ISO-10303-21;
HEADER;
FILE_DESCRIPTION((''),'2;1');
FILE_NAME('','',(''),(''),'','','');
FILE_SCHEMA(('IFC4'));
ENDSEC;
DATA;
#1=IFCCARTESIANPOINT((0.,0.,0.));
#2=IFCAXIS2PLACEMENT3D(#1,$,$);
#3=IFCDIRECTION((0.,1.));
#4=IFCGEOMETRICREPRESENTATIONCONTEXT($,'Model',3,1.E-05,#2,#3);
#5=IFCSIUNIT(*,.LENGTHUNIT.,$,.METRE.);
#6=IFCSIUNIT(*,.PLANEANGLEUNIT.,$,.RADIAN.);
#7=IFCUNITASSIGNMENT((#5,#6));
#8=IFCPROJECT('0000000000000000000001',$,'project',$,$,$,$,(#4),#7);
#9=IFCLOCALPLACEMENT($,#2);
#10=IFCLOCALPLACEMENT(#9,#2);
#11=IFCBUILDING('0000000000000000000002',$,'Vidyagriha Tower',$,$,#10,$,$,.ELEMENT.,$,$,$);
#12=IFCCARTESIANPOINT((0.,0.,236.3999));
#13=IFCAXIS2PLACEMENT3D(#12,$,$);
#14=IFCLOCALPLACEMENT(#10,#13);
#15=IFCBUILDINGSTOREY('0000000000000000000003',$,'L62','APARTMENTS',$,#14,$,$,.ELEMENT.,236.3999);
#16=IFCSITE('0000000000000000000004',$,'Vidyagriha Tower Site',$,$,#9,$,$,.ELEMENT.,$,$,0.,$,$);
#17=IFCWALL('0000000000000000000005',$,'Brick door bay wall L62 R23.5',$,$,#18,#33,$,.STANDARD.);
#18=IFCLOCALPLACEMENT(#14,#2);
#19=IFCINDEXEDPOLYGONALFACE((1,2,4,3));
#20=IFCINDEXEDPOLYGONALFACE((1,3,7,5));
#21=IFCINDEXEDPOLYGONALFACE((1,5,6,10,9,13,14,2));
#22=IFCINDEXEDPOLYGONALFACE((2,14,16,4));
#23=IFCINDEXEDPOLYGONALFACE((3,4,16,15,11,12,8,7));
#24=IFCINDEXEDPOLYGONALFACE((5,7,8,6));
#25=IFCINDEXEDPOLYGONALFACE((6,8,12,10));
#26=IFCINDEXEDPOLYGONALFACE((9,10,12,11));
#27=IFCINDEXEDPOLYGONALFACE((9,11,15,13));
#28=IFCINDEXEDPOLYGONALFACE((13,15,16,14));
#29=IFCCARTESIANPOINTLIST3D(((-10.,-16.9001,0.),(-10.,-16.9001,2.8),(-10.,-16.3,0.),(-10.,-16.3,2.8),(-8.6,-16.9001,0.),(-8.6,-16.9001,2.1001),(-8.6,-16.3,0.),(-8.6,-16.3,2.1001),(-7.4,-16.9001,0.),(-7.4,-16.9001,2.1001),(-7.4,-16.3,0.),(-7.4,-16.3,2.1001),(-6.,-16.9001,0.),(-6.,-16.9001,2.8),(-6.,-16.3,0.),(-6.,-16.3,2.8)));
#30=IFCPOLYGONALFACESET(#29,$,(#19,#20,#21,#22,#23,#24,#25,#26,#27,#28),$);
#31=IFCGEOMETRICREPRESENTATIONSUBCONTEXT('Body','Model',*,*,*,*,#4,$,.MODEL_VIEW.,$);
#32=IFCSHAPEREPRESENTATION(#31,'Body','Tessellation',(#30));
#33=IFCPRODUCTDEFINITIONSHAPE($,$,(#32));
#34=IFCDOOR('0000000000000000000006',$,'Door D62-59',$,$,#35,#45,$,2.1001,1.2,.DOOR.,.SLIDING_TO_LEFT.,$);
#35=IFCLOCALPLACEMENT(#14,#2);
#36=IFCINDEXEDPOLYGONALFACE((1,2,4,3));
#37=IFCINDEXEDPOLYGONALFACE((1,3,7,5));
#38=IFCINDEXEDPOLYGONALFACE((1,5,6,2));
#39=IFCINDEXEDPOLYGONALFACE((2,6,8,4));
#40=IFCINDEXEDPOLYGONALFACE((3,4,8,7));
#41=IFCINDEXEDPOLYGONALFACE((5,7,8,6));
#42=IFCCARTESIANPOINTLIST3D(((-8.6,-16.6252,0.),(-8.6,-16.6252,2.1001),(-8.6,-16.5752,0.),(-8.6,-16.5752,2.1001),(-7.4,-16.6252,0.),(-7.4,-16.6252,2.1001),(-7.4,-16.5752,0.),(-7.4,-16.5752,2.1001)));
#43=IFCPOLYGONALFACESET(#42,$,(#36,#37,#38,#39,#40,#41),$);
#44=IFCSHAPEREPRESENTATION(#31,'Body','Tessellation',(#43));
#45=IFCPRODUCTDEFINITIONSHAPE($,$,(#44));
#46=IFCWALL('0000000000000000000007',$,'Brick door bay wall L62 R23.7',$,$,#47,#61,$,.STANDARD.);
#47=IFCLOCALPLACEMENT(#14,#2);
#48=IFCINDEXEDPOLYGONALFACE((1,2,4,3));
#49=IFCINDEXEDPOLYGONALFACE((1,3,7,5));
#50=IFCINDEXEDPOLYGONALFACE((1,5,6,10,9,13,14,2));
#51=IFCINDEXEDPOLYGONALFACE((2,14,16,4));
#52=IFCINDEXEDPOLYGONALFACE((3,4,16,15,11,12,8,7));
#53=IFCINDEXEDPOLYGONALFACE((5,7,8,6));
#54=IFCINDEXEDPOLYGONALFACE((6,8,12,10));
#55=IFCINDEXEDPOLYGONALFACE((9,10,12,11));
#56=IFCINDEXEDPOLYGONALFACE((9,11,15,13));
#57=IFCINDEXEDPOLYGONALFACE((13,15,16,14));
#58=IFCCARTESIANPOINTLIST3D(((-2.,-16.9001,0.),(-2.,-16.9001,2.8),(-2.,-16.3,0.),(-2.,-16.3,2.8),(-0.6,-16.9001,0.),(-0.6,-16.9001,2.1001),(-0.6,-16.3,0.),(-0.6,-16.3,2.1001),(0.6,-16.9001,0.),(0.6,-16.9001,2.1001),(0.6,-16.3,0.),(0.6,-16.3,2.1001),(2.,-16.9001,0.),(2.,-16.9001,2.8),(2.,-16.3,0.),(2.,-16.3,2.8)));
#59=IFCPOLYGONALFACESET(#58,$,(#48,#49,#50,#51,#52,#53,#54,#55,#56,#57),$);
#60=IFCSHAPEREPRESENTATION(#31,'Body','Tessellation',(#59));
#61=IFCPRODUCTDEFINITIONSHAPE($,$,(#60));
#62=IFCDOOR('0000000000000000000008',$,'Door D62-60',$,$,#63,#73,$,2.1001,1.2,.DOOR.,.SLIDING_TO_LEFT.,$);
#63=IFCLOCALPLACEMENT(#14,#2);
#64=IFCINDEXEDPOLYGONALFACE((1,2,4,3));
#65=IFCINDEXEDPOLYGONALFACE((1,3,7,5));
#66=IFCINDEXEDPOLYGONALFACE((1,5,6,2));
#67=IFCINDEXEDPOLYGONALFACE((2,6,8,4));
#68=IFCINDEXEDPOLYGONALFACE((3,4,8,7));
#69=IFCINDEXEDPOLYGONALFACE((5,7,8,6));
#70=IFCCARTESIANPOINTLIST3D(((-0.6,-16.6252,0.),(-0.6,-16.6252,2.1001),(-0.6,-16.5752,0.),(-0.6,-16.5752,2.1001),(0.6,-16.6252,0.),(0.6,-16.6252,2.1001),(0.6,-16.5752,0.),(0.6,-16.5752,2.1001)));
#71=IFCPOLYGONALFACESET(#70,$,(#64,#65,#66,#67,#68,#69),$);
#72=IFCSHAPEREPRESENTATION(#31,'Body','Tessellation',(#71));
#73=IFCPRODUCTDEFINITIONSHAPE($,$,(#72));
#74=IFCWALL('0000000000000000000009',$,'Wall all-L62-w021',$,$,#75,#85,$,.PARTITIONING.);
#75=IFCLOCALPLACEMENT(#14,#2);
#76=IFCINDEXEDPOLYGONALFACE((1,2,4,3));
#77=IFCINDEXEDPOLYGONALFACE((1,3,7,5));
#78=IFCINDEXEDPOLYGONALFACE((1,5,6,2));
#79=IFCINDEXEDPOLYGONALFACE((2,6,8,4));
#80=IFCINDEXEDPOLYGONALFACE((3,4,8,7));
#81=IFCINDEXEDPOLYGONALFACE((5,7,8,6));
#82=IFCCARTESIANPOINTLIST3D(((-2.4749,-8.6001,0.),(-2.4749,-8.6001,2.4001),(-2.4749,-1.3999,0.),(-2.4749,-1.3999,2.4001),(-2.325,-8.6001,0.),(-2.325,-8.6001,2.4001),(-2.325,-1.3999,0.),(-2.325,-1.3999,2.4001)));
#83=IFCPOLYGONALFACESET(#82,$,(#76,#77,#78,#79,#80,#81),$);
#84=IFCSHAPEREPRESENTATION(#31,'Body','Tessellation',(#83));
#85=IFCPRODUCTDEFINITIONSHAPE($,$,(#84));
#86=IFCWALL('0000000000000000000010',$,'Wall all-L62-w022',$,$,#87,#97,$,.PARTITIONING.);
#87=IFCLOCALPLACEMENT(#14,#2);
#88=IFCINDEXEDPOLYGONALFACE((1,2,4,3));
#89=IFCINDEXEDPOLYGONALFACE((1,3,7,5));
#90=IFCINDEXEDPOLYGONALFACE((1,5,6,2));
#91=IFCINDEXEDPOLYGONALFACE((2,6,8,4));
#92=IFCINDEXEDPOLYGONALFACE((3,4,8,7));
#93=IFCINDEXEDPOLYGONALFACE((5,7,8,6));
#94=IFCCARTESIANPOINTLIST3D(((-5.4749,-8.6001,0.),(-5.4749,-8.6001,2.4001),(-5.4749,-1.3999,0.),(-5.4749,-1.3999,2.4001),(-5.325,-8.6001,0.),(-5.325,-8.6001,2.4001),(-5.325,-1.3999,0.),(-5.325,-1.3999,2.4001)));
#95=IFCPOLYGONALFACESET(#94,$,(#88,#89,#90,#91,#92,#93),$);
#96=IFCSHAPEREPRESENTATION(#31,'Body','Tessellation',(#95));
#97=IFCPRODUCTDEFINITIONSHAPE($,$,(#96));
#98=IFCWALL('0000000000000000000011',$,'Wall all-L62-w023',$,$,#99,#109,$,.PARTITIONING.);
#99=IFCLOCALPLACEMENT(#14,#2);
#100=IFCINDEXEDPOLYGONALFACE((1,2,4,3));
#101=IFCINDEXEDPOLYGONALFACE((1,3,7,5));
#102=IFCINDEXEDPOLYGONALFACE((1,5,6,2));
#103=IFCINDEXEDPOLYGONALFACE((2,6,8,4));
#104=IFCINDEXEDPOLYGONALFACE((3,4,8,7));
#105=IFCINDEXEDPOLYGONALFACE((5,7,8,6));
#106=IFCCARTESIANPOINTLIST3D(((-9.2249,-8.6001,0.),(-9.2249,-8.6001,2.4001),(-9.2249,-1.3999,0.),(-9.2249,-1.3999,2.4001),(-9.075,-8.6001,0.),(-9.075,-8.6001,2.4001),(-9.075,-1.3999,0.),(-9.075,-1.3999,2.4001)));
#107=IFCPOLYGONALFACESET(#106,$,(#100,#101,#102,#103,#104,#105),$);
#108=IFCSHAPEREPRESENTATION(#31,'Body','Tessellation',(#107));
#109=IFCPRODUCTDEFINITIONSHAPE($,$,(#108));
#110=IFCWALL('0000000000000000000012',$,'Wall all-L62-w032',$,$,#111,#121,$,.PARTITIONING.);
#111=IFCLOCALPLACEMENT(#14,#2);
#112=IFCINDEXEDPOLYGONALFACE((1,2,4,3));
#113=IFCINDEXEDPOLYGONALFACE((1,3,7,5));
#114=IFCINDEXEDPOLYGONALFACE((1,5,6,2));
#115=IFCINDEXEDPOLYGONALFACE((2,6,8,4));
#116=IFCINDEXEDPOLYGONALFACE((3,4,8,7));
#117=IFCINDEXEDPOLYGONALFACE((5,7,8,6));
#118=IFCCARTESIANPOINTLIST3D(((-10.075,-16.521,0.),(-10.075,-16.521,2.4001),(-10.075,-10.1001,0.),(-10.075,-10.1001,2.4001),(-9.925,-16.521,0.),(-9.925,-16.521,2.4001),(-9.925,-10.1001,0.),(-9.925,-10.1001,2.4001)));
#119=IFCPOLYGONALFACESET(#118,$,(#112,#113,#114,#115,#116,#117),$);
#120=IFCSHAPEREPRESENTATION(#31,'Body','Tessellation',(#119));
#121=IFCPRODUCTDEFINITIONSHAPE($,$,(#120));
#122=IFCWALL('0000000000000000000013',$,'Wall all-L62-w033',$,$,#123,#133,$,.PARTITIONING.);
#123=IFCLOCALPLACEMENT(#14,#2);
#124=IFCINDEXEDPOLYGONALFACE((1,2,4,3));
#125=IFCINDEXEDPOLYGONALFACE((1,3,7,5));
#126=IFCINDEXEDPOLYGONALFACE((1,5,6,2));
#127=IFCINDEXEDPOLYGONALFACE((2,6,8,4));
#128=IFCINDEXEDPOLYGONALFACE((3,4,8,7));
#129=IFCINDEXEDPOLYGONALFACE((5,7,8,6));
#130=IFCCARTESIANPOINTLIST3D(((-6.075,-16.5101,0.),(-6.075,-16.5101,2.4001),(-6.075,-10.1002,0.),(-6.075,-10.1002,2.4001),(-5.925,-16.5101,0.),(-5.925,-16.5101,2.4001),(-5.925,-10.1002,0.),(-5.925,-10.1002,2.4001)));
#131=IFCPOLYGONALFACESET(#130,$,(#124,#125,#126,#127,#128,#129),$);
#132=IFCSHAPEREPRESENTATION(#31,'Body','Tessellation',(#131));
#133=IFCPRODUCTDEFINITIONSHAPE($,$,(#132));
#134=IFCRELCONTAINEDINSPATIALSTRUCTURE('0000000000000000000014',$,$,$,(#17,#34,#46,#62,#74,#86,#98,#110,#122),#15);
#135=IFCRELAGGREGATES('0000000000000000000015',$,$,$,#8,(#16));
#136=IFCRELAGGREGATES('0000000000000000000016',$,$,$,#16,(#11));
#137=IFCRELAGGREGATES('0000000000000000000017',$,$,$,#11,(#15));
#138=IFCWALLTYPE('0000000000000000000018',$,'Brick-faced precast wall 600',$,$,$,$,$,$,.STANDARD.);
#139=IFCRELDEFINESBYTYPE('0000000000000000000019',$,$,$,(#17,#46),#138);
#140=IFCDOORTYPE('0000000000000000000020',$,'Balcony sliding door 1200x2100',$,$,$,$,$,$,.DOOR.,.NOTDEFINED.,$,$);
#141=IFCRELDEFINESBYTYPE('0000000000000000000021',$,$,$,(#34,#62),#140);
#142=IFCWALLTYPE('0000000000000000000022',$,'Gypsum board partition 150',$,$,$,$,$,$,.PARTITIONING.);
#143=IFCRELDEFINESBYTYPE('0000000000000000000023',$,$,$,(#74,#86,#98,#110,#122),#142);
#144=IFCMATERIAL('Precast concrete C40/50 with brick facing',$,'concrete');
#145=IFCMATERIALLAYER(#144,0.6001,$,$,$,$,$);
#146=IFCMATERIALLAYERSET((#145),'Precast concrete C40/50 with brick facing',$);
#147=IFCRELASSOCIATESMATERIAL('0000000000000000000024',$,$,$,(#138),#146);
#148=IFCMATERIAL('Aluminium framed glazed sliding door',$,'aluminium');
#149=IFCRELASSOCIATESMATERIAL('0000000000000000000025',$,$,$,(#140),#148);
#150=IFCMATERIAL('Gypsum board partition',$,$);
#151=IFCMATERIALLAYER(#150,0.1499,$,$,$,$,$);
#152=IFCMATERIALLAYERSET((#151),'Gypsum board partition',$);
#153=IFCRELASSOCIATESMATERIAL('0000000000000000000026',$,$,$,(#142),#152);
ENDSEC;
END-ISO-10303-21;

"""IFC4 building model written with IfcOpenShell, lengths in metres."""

from ifc_helpers import new_model, si_unit, direction, frame, frame_2d, origin, place, context, subcontext, project, spatial, rectangle, extrude, material, layer, layer_set, type_object, element, fill, save


model = new_model("IFC4")

# Units and contexts
model_context = context("Model", 3, precision=1e-05, world=origin(), true_north=direction((0.0, 1.0)))
body_context = subcontext(model_context, "Body", "Model", "MODEL_VIEW")
ifc_project = project(units=[si_unit("LENGTHUNIT", "METRE"), si_unit("PLANEANGLEUNIT", "RADIAN")], contexts=[model_context])

# Site, building, storey
site_placement = place(None, origin())
site = spatial("IfcSite", under=ifc_project, at=site_placement, Name="Vidyagriha Tower Site", CompositionType="ELEMENT", RefElevation=0.0)
building_placement = place(site_placement, origin())
building = spatial("IfcBuilding", under=site, at=building_placement, Name="Vidyagriha Tower", CompositionType="ELEMENT")
storey_placement = place(building_placement, frame((0.0, 0.0, 236.3999)))
storey = spatial("IfcBuildingStorey", under=building, at=storey_placement, Name="L62", Description="APARTMENTS", CompositionType="ELEMENT", Elevation=236.3999)

# Walls, openings, doors
ifc_material_1 = material(Name="Precast concrete C40/50 with brick facing", Category="concrete")
ifc_layer_1 = layer(ifc_material_1, 0.6001)
ifc_layer_set_1 = layer_set([ifc_layer_1], Name="Precast concrete C40/50 with brick facing")
wall_type_1 = type_object("IfcWallType", Name="Brick-faced precast wall 600", PredefinedType="STANDARD", material=ifc_layer_set_1)
wall_1_placement = place(storey_placement, frame((-10.0, -16.6001, 0.0)))
wall_1 = element("IfcWall", 1, at=wall_1_placement, inside=storey, type_object=wall_type_1, Name="Brick door bay wall L62 R23.5", PredefinedType="STANDARD", context=body_context, shape_type="SweptSolid", body=[
    extrude(rectangle(XDim=4.0, YDim=0.6001, at=frame_2d((2.0, 0.0))), origin(), (0.0, 0.0, 1.0), 2.8),
])
opening_1_placement = place(wall_1_placement, frame((1.3999, 0.0, 0.0)))
opening_1 = element("IfcOpeningElement", 2, at=opening_1_placement, cuts=wall_1, PredefinedType="OPENING", context=body_context, shape_type="SweptSolid", body=[
    extrude(rectangle(XDim=1.2, YDim=2.1001, at=frame_2d((0.6001, 1.05))), frame((0.0, 0.3101, 0.0), z_axis=(0.0, -1.0, 0.0), x_axis=(1.0, 0.0, 0.0)), (0.0, 0.0, 1.0), 0.6201),
])
ifc_material_2 = material(Name="Aluminium framed glazed sliding door", Category="aluminium")
door_type = type_object("IfcDoorType", Name="Balcony sliding door 1200x2100", OperationType="NOTDEFINED", PredefinedType="DOOR", material=ifc_material_2)
door_1_placement = place(opening_1_placement, origin())
door_1 = element("IfcDoor", 3, at=door_1_placement, inside=storey, type_object=door_type, Name="Door D62-59", OperationType="SLIDING_TO_LEFT", OverallHeight=2.1001, OverallWidth=1.2, PredefinedType="DOOR", context=body_context, shape_type="SweptSolid", body=[
    extrude(rectangle(XDim=1.2, YDim=2.1001, at=frame_2d((0.6001, 1.05))), frame((0.0, 0.0249, 0.0), z_axis=(0.0, -1.0, 0.0), x_axis=(1.0, 0.0, 0.0)), (0.0, 0.0, 1.0), 0.05),
])
fill(opening_1, door_1)
wall_2_placement = place(storey_placement, frame((-2.0, -16.6001, 0.0)))
wall_2 = element("IfcWall", 4, at=wall_2_placement, inside=storey, type_object=wall_type_1, Name="Brick door bay wall L62 R23.7", PredefinedType="STANDARD", context=body_context, shape_type="SweptSolid", body=[
    extrude(rectangle(XDim=4.0, YDim=0.6001, at=frame_2d((2.0, 0.0))), origin(), (0.0, 0.0, 1.0), 2.8),
])
opening_2_placement = place(wall_2_placement, frame((1.3999, 0.0, 0.0)))
opening_2 = element("IfcOpeningElement", 5, at=opening_2_placement, cuts=wall_2, PredefinedType="OPENING", context=body_context, shape_type="SweptSolid", body=[
    extrude(rectangle(XDim=1.2, YDim=2.1001, at=frame_2d((0.6001, 1.05))), frame((0.0, 0.3101, 0.0), z_axis=(0.0, -1.0, 0.0), x_axis=(1.0, 0.0, 0.0)), (0.0, 0.0, 1.0), 0.6201),
])
door_2_placement = place(opening_2_placement, origin())
door_2 = element("IfcDoor", 6, at=door_2_placement, inside=storey, type_object=door_type, Name="Door D62-60", OperationType="SLIDING_TO_LEFT", OverallHeight=2.1001, OverallWidth=1.2, PredefinedType="DOOR", context=body_context, shape_type="SweptSolid", body=[
    extrude(rectangle(XDim=1.2, YDim=2.1001, at=frame_2d((0.6001, 1.05))), frame((0.0, 0.0249, 0.0), z_axis=(0.0, -1.0, 0.0), x_axis=(1.0, 0.0, 0.0)), (0.0, 0.0, 1.0), 0.05),
])
fill(opening_2, door_2)

# Walls
ifc_material_3 = material(Name="Gypsum board partition")
ifc_layer_2 = layer(ifc_material_3, 0.1499)
ifc_layer_set_2 = layer_set([ifc_layer_2], Name="Gypsum board partition")
wall_type_2 = type_object("IfcWallType", Name="Gypsum board partition 150", PredefinedType="PARTITIONING", material=ifc_layer_set_2)
for number, where, z_axis, x_axis, name in (
    (7, (-2.3999, -8.6001, 0.0), (0.0, 0.0, 1.0), (0.0, 1.0, 0.0), "Wall all-L62-w021"),
    (8, (-5.3999, -8.6001, 0.0), (0.0, 0.0, 1.0), (0.0, 1.0, 0.0), "Wall all-L62-w022"),
    (9, (-9.1499, -8.6001, 0.0), (0.0, 0.0, 1.0), (0.0, 1.0, 0.0), "Wall all-L62-w023"),
):
    element("IfcWall", number, at=place(storey_placement, frame(where, z_axis=z_axis, x_axis=x_axis)), inside=storey, type_object=wall_type_2, Name=name, PredefinedType="PARTITIONING", context=body_context, shape_type="SweptSolid", body=[
        extrude(rectangle(XDim=7.2002, YDim=0.1499, at=frame_2d((3.6001, 0.0))), origin(), (0.0, 0.0, 1.0), 2.4001),
    ])
wall_3_placement = place(storey_placement, frame((-10.0, -10.1001, 0.0), z_axis=(0.0, 0.0, 1.0), x_axis=(0.0, -1.0, 0.0)))
element("IfcWall", 10, at=wall_3_placement, inside=storey, type_object=wall_type_2, Name="Wall all-L62-w032", PredefinedType="PARTITIONING", context=body_context, shape_type="SweptSolid", body=[
    extrude(rectangle(XDim=6.4209, YDim=0.1499, at=frame_2d((3.2104, 0.0))), origin(), (0.0, 0.0, 1.0), 2.4001),
])
wall_4_placement = place(storey_placement, frame((-6.0, -10.1001, 0.0), z_axis=(0.0, 0.0, 1.0), x_axis=(0.0, -1.0, 0.0)))
element("IfcWall", 11, at=wall_4_placement, inside=storey, type_object=wall_type_2, Name="Wall all-L62-w033", PredefinedType="PARTITIONING", context=body_context, shape_type="SweptSolid", body=[
    extrude(rectangle(XDim=6.4099, YDim=0.1499, at=frame_2d((3.2051, 0.0))), origin(), (0.0, 0.0, 1.0), 2.4001),
])

save(model, "model.ifc")
